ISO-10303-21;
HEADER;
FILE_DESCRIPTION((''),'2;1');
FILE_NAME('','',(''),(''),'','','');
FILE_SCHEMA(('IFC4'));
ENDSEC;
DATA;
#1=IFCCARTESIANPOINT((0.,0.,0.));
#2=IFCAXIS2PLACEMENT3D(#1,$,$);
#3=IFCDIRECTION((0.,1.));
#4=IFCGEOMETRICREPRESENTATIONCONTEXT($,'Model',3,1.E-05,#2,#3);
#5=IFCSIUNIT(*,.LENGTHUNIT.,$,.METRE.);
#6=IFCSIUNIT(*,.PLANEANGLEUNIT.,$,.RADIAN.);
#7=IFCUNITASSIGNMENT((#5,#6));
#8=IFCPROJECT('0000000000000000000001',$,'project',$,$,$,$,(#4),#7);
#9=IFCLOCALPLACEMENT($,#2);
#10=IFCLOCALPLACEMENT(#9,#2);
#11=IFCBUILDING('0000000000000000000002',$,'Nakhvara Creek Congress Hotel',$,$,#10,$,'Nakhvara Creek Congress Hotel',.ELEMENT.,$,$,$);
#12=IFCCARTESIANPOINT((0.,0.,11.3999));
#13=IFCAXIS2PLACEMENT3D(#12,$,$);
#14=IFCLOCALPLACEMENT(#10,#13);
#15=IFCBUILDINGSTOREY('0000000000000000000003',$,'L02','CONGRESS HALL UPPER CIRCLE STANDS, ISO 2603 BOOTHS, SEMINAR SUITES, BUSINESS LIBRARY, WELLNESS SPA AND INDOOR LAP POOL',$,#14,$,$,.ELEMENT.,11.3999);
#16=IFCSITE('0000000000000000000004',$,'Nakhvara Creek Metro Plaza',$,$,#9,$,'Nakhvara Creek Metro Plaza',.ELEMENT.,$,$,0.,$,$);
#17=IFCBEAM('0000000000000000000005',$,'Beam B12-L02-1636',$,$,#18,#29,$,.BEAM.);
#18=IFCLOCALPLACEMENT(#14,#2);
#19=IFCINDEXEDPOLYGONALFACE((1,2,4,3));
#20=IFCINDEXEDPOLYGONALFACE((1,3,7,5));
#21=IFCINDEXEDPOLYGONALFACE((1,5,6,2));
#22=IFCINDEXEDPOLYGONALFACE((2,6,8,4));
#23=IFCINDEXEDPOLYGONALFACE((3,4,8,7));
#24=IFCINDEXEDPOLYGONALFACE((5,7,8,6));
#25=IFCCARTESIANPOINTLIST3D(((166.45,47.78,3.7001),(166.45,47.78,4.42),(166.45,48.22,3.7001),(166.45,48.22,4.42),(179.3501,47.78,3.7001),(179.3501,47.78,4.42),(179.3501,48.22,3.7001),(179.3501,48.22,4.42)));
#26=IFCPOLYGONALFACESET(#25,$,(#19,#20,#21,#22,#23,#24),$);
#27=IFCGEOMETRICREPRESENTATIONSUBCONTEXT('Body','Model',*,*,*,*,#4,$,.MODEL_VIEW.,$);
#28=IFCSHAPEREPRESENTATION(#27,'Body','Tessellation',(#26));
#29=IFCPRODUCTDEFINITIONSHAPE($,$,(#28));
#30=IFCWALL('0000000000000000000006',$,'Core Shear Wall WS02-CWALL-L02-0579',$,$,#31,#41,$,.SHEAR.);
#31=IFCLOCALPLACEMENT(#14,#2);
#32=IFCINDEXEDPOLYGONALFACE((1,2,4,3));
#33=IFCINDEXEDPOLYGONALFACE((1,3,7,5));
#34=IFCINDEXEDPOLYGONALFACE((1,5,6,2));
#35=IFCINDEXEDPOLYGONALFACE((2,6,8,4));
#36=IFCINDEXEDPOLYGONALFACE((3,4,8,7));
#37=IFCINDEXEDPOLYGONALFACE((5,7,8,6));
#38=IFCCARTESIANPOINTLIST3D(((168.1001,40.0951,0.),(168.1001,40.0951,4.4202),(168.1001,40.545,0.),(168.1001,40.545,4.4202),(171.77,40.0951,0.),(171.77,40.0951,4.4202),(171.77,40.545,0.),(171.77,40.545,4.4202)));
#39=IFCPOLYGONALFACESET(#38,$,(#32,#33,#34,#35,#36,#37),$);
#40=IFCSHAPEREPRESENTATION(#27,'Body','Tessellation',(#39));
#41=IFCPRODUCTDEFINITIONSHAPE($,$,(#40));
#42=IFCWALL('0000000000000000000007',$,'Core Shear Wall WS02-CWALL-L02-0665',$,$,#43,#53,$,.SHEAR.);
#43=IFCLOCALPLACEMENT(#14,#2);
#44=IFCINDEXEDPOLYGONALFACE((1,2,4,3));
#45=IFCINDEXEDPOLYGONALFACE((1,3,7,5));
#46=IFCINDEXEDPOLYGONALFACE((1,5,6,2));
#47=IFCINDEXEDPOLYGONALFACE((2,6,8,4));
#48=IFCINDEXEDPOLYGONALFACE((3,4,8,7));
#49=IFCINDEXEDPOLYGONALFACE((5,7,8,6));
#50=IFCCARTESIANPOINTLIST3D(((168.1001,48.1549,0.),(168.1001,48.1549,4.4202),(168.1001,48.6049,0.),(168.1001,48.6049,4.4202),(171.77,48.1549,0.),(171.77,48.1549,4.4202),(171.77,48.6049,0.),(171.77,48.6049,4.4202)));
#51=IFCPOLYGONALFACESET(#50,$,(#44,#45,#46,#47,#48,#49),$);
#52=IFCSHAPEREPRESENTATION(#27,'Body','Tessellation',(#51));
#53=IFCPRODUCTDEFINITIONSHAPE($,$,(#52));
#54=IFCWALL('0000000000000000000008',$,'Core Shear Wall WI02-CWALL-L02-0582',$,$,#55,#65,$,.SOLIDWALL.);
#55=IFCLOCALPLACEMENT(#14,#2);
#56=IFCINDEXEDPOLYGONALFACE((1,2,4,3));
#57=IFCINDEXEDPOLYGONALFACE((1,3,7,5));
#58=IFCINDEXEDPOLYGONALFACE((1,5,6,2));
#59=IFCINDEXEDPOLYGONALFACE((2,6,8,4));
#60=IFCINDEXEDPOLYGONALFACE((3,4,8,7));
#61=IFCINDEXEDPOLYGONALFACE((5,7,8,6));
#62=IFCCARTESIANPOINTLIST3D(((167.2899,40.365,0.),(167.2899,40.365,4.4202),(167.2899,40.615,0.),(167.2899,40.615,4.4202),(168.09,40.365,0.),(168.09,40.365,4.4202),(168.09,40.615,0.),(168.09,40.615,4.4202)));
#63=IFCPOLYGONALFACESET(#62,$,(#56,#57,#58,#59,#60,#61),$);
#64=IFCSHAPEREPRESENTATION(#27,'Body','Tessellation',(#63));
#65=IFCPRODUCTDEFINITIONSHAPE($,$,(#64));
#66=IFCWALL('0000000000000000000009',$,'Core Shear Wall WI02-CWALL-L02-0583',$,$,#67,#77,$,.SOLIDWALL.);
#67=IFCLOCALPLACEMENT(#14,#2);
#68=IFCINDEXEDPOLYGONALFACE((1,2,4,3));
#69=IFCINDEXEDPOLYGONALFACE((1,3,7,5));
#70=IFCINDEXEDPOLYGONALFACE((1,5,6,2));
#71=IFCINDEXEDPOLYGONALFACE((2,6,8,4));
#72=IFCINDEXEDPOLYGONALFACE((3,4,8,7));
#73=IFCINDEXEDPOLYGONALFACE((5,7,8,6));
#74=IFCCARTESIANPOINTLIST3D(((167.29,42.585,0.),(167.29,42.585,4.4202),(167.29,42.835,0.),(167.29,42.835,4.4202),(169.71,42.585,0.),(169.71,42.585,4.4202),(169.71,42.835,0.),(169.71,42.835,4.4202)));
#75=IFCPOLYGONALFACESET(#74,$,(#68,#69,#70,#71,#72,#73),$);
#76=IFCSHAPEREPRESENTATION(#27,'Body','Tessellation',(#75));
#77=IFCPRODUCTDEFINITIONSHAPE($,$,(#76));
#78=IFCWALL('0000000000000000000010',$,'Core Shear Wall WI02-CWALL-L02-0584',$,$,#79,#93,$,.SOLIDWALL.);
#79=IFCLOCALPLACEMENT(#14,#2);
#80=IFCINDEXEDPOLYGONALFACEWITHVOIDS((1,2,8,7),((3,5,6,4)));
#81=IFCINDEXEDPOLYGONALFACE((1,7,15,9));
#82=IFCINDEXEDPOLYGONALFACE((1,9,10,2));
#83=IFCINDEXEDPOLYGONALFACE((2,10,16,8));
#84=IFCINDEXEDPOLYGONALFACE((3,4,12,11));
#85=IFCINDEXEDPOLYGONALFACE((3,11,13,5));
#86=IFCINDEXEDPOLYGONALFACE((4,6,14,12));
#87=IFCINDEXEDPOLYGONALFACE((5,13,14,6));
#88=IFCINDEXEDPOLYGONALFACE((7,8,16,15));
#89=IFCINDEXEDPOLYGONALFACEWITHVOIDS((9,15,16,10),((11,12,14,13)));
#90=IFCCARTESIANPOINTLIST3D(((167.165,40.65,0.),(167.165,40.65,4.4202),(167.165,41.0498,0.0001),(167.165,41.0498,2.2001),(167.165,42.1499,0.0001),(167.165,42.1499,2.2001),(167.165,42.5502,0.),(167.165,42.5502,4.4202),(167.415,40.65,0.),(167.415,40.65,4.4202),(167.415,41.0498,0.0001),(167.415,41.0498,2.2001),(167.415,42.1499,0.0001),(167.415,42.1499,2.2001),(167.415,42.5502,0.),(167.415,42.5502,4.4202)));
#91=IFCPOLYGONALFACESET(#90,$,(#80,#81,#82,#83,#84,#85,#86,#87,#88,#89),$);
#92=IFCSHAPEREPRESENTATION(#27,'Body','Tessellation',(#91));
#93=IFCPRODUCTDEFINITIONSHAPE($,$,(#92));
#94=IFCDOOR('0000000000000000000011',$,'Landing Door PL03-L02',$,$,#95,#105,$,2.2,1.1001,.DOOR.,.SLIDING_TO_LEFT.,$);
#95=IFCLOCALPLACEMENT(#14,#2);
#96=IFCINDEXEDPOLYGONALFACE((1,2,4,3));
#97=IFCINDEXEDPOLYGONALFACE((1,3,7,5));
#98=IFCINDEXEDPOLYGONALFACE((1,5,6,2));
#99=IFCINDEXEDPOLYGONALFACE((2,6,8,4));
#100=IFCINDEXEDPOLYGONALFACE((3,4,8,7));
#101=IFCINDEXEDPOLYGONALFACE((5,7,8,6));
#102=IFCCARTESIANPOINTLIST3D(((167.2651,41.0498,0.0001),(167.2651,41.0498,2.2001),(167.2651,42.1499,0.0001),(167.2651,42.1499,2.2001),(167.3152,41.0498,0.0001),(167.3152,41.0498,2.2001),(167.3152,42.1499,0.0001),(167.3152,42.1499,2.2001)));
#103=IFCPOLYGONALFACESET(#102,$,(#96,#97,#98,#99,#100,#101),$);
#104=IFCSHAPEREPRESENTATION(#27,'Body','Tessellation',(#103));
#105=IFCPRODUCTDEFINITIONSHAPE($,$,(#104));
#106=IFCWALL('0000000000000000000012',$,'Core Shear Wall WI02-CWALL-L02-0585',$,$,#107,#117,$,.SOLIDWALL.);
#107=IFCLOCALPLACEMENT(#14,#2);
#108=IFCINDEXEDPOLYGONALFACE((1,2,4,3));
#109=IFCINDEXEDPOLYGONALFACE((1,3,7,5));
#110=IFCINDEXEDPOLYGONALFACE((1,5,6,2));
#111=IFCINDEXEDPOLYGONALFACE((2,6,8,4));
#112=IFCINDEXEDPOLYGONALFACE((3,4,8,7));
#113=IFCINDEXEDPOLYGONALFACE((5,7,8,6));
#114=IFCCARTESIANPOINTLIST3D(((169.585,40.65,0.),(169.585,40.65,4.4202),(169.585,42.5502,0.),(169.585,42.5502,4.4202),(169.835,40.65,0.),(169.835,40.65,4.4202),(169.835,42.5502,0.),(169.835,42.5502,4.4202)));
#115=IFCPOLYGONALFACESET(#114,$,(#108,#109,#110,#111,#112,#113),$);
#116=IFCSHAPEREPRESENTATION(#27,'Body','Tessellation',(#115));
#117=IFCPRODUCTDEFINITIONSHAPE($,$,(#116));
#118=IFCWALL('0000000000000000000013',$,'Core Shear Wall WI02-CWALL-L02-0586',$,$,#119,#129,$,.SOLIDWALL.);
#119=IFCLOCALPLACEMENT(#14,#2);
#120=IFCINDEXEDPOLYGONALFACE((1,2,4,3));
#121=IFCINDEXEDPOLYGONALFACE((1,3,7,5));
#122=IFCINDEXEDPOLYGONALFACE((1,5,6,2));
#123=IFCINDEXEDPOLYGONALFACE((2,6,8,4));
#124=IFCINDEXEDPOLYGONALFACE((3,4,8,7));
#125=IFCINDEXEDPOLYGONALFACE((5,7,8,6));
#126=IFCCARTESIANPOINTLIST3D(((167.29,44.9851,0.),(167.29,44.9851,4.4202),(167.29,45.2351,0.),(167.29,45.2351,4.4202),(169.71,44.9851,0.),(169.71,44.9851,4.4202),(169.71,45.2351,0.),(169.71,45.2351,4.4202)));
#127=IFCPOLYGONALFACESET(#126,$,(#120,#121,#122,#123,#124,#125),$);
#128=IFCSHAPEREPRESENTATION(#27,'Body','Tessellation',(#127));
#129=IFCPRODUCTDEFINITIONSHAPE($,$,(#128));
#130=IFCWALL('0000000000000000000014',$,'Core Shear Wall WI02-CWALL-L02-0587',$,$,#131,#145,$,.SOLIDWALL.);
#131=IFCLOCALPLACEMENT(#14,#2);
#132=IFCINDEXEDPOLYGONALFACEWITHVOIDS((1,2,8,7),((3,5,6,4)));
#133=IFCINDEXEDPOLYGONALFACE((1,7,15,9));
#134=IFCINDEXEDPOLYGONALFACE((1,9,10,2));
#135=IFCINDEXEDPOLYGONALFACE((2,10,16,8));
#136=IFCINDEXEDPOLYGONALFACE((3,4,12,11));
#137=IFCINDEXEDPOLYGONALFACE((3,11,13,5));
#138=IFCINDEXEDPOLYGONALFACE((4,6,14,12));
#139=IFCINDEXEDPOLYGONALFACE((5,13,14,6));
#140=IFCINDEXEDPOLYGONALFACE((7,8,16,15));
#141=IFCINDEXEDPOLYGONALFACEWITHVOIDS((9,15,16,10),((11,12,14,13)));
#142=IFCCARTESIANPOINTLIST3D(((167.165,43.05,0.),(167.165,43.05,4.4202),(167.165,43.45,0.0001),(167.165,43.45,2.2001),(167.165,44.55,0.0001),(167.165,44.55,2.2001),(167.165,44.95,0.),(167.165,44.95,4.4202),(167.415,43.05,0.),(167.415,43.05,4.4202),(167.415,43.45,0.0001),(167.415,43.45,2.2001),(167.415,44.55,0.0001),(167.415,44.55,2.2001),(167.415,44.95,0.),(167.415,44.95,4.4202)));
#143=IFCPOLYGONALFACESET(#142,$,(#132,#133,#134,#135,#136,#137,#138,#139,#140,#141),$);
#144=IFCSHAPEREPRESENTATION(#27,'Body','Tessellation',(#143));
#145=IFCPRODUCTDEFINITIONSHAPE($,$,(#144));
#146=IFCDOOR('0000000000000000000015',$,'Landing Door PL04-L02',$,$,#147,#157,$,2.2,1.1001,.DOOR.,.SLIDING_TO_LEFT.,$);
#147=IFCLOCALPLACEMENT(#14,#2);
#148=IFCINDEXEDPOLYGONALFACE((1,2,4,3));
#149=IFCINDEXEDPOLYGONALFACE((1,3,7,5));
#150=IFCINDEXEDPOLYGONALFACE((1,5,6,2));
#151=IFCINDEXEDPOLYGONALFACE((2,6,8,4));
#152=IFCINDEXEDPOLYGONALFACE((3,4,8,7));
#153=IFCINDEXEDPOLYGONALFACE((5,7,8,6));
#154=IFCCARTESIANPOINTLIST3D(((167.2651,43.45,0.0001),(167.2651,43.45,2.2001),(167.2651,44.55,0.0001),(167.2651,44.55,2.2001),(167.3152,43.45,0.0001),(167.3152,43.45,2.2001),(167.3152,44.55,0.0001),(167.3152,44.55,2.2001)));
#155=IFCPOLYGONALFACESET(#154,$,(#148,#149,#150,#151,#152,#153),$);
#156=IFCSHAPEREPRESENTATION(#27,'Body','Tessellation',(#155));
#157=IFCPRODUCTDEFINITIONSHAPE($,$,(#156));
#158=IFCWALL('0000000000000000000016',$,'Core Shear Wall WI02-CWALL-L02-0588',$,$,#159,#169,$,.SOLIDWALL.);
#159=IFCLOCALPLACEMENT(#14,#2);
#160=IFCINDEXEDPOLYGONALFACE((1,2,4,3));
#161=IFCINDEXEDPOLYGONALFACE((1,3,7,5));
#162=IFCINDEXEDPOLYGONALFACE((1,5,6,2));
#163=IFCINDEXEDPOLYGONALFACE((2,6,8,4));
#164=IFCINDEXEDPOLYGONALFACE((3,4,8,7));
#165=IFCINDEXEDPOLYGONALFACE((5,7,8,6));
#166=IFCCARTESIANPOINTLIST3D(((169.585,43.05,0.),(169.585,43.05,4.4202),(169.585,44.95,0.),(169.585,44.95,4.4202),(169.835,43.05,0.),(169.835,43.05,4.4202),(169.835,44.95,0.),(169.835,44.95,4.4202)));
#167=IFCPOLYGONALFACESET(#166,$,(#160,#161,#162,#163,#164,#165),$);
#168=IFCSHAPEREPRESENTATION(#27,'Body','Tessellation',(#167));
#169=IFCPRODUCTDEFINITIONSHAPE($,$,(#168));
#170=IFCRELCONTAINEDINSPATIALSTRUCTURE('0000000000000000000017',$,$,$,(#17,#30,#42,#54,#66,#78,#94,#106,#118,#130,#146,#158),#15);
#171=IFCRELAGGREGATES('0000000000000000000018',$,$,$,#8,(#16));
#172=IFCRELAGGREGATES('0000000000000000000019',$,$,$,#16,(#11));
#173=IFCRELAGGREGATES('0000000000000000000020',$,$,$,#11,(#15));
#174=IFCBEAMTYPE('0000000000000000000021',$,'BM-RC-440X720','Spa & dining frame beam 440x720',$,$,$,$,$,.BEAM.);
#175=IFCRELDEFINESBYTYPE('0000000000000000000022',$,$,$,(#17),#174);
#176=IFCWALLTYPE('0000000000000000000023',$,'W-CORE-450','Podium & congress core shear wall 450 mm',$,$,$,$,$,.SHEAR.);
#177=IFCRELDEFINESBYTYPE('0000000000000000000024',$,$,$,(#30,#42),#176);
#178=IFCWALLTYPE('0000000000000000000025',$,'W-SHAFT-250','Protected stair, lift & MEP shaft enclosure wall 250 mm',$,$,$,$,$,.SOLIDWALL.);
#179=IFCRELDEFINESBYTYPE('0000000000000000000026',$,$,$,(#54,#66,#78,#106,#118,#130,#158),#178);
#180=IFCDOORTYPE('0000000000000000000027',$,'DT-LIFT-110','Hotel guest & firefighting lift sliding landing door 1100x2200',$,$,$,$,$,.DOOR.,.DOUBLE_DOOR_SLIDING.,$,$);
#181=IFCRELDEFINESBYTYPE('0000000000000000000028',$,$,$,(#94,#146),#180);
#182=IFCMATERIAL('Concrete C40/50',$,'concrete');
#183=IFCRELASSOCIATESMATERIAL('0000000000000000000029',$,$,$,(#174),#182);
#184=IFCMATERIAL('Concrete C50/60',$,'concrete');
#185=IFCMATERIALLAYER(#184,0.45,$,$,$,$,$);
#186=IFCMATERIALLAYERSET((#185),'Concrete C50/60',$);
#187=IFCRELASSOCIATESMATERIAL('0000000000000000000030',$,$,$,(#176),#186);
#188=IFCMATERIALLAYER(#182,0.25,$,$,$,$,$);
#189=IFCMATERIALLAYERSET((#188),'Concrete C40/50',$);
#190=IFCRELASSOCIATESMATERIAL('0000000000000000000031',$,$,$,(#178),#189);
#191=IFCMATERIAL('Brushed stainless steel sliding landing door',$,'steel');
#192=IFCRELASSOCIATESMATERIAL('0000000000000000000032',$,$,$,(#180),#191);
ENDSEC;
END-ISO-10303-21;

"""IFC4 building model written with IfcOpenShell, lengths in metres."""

from ifc_helpers import new_model, si_unit, direction, frame, frame_2d, origin, origin_2d, place, context, subcontext, project, spatial, rectangle, extrude, material, layer, layer_set, material_profile, profile_set, type_object, element, fill, save


model = new_model("IFC4")

# Units and contexts
model_context = context("Model", 3, precision=1e-05, world=origin(), true_north=direction((0.0, 1.0)))
body_context = subcontext(model_context, "Body", "Model", "MODEL_VIEW")
ifc_project = project(units=[si_unit("LENGTHUNIT", "METRE"), si_unit("PLANEANGLEUNIT", "RADIAN")], contexts=[model_context])

# Site, building, storey
site_placement = place(None, origin())
site = spatial("IfcSite", under=ifc_project, at=site_placement, Name="Nakhvara Creek Metro Plaza", LongName="Nakhvara Creek Metro Plaza", CompositionType="ELEMENT", RefElevation=0.0)
building_placement = place(site_placement, origin())
building = spatial("IfcBuilding", under=site, at=building_placement, Name="Nakhvara Creek Congress Hotel", LongName="Nakhvara Creek Congress Hotel", CompositionType="ELEMENT")
storey_placement = place(building_placement, frame((0.0, 0.0, 11.3999)))
storey = spatial("IfcBuildingStorey", under=building, at=storey_placement, Name="L02", Description="CONGRESS HALL UPPER CIRCLE STANDS, ISO 2603 BOOTHS, SEMINAR SUITES, BUSINESS LIBRARY, WELLNESS SPA AND INDOOR LAP POOL", CompositionType="ELEMENT", Elevation=11.3999)

# Beam
ifc_material_1 = material(Name="Concrete C40/50", Category="concrete")
ifc_material_profile = material_profile(ifc_material_1, rectangle(XDim=0.4399, YDim=0.72, at=origin_2d()), Name="RC-BM 440x720", Category="LoadBearing")
ifc_profile_set = profile_set([ifc_material_profile], Name="Concrete C40/50")
beam_type = type_object("IfcBeamType", Name="BM-RC-440X720", Description="Spa & dining frame beam 440x720", PredefinedType="BEAM", material=ifc_profile_set)
beam_placement = place(storey_placement, frame((166.45, 48.0, 4.0601), z_axis=(1.0, 0.0, 0.0), x_axis=(0.0, 1.0, 0.0)))
element("IfcBeam", 1, at=beam_placement, inside=storey, type_object=beam_type, Name="Beam B12-L02-1636", PredefinedType="BEAM", context=body_context, shape_type="SweptSolid", body=[
    extrude(rectangle(XDim=0.4399, YDim=0.72, at=origin_2d()), origin(), (0.0, 0.0, 1.0), 12.9001),
])

# Walls
ifc_material_2 = material(Name="Concrete C50/60", Category="concrete")
ifc_layer_1 = layer(ifc_material_2, 0.45)
ifc_layer_set_1 = layer_set([ifc_layer_1], Name="Concrete C50/60")
wall_type_1 = type_object("IfcWallType", Name="W-CORE-450", Description="Podium & congress core shear wall 450 mm", PredefinedType="SHEAR", material=ifc_layer_set_1)
for number, where, z_axis, x_axis, name in (
    (2, (168.1001, 40.3201, 0.0), (0.0, 0.0, 1.0), (1.0, 0.0, 0.0), "Core Shear Wall WS02-CWALL-L02-0579"),
    (3, (168.1001, 48.3799, 0.0), (0.0, 0.0, 1.0), (1.0, 0.0, 0.0), "Core Shear Wall WS02-CWALL-L02-0665"),
):
    element("IfcWall", number, at=place(storey_placement, frame(where, z_axis=z_axis, x_axis=x_axis)), inside=storey, type_object=wall_type_1, Name=name, PredefinedType="SHEAR", context=body_context, shape_type="SweptSolid", body=[
        extrude(rectangle(XDim=3.6699, YDim=0.45, at=frame_2d((1.835, 0.0))), origin(), (0.0, 0.0, 1.0), 4.4202),
    ])

# Walls
ifc_layer_2 = layer(ifc_material_1, 0.25)
ifc_layer_set_2 = layer_set([ifc_layer_2], Name="Concrete C40/50")
wall_type_2 = type_object("IfcWallType", Name="W-SHAFT-250", Description="Protected stair, lift & MEP shaft enclosure wall 250 mm", PredefinedType="SOLIDWALL", material=ifc_layer_set_2)
wall_1_placement = place(storey_placement, frame((167.29, 40.49, 0.0), z_axis=(0.0, 0.0, 1.0), x_axis=(1.0, 0.0, 0.0)))
element("IfcWall", 4, at=wall_1_placement, inside=storey, type_object=wall_type_2, Name="Core Shear Wall WI02-CWALL-L02-0582", PredefinedType="SOLIDWALL", context=body_context, shape_type="SweptSolid", body=[
    extrude(rectangle(XDim=0.8, YDim=0.25, at=frame_2d((0.3999, 0.0))), origin(), (0.0, 0.0, 1.0), 4.4202),
])
wall_2_placement = place(storey_placement, frame((167.29, 42.71, 0.0), z_axis=(0.0, 0.0, 1.0), x_axis=(1.0, 0.0, 0.0)))
element("IfcWall", 5, at=wall_2_placement, inside=storey, type_object=wall_type_2, Name="Core Shear Wall WI02-CWALL-L02-0583", PredefinedType="SOLIDWALL", context=body_context, shape_type="SweptSolid", body=[
    extrude(rectangle(XDim=2.4199, YDim=0.25, at=frame_2d((1.21, 0.0))), origin(), (0.0, 0.0, 1.0), 4.4202),
])

# Wall, opening, door
wall_3_placement = place(storey_placement, frame((167.29, 40.6499, 0.0), z_axis=(0.0, 0.0, 1.0), x_axis=(0.0, 1.0, 0.0)))
wall_3 = element("IfcWall", 6, at=wall_3_placement, inside=storey, type_object=wall_type_2, Name="Core Shear Wall WI02-CWALL-L02-0584", PredefinedType="SOLIDWALL", context=body_context, shape_type="SweptSolid", body=[
    extrude(rectangle(XDim=1.9001, YDim=0.25, at=frame_2d((0.9502, 0.0))), origin(), (0.0, 0.0, 1.0), 4.4202),
])
opening_1_placement = place(wall_3_placement, frame((0.3999, 0.0, 0.0)))
opening_1 = element("IfcOpeningElement", 7, at=opening_1_placement, cuts=wall_3, PredefinedType="OPENING", context=body_context, shape_type="SweptSolid", body=[
    extrude(rectangle(XDim=1.1001, YDim=2.2, at=frame_2d((0.55, 1.1001))), frame((0.0, 0.137, 0.0), z_axis=(0.0, -1.0, 0.0), x_axis=(1.0, 0.0, 0.0)), (0.0, 0.0, 1.0), 0.2739),
])
ifc_material_3 = material(Name="Brushed stainless steel sliding landing door", Category="steel")
door_type_1 = type_object("IfcDoorType", Name="DT-LIFT-110", Description="Hotel guest & firefighting lift sliding landing door 1100x2200", OperationType="DOUBLE_DOOR_SLIDING", PredefinedType="DOOR", material=ifc_material_3)
door_1_placement = place(opening_1_placement, origin())
door_1 = element("IfcDoor", 8, at=door_1_placement, inside=storey, type_object=door_type_1, Name="Landing Door PL03-L02", OperationType="SLIDING_TO_LEFT", OverallHeight=2.2, OverallWidth=1.1001, PredefinedType="DOOR", context=body_context, shape_type="SweptSolid", body=[
    extrude(rectangle(XDim=1.1001, YDim=2.2, at=frame_2d((0.55, 1.1001))), frame((0.0, 0.0249, 0.0), z_axis=(0.0, -1.0, 0.0), x_axis=(1.0, 0.0, 0.0)), (0.0, 0.0, 1.0), 0.05),
])
fill(opening_1, door_1)

# Walls
wall_4_placement = place(storey_placement, frame((169.71, 40.6499, 0.0), z_axis=(0.0, 0.0, 1.0), x_axis=(0.0, 1.0, 0.0)))
element("IfcWall", 9, at=wall_4_placement, inside=storey, type_object=wall_type_2, Name="Core Shear Wall WI02-CWALL-L02-0585", PredefinedType="SOLIDWALL", context=body_context, shape_type="SweptSolid", body=[
    extrude(rectangle(XDim=1.9001, YDim=0.25, at=frame_2d((0.9502, 0.0))), origin(), (0.0, 0.0, 1.0), 4.4202),
])
wall_5_placement = place(storey_placement, frame((167.29, 45.1101, 0.0), z_axis=(0.0, 0.0, 1.0), x_axis=(1.0, 0.0, 0.0)))
element("IfcWall", 10, at=wall_5_placement, inside=storey, type_object=wall_type_2, Name="Core Shear Wall WI02-CWALL-L02-0586", PredefinedType="SOLIDWALL", context=body_context, shape_type="SweptSolid", body=[
    extrude(rectangle(XDim=2.4199, YDim=0.25, at=frame_2d((1.21, 0.0))), origin(), (0.0, 0.0, 1.0), 4.4202),
])

# Wall, opening, door
wall_6_placement = place(storey_placement, frame((167.29, 43.05, 0.0), z_axis=(0.0, 0.0, 1.0), x_axis=(0.0, 1.0, 0.0)))
wall_6 = element("IfcWall", 11, at=wall_6_placement, inside=storey, type_object=wall_type_2, Name="Core Shear Wall WI02-CWALL-L02-0587", PredefinedType="SOLIDWALL", context=body_context, shape_type="SweptSolid", body=[
    extrude(rectangle(XDim=1.8999, YDim=0.25, at=frame_2d((0.95, 0.0))), origin(), (0.0, 0.0, 1.0), 4.4202),
])
opening_2_placement = place(wall_6_placement, frame((0.3999, 0.0, 0.0)))
opening_2 = element("IfcOpeningElement", 12, at=opening_2_placement, cuts=wall_6, PredefinedType="OPENING", context=body_context, shape_type="SweptSolid", body=[
    extrude(rectangle(XDim=1.1001, YDim=2.2, at=frame_2d((0.55, 1.1001))), frame((0.0, 0.137, 0.0), z_axis=(0.0, -1.0, 0.0), x_axis=(1.0, 0.0, 0.0)), (0.0, 0.0, 1.0), 0.2739),
])
door_2_placement = place(opening_2_placement, origin())
door_2 = element("IfcDoor", 13, at=door_2_placement, inside=storey, type_object=door_type_1, Name="Landing Door PL04-L02", OperationType="SLIDING_TO_LEFT", OverallHeight=2.2, OverallWidth=1.1001, PredefinedType="DOOR", context=body_context, shape_type="SweptSolid", body=[
    extrude(rectangle(XDim=1.1001, YDim=2.2, at=frame_2d((0.55, 1.1001))), frame((0.0, 0.0249, 0.0), z_axis=(0.0, -1.0, 0.0), x_axis=(1.0, 0.0, 0.0)), (0.0, 0.0, 1.0), 0.05),
])
fill(opening_2, door_2)

# Wall
wall_7_placement = place(storey_placement, frame((169.71, 43.05, 0.0), z_axis=(0.0, 0.0, 1.0), x_axis=(0.0, 1.0, 0.0)))
element("IfcWall", 14, at=wall_7_placement, inside=storey, type_object=wall_type_2, Name="Core Shear Wall WI02-CWALL-L02-0588", PredefinedType="SOLIDWALL", context=body_context, shape_type="SweptSolid", body=[
    extrude(rectangle(XDim=1.8999, YDim=0.25, at=frame_2d((0.95, 0.0))), origin(), (0.0, 0.0, 1.0), 4.4202),
])

save(model, "model.ifc")
